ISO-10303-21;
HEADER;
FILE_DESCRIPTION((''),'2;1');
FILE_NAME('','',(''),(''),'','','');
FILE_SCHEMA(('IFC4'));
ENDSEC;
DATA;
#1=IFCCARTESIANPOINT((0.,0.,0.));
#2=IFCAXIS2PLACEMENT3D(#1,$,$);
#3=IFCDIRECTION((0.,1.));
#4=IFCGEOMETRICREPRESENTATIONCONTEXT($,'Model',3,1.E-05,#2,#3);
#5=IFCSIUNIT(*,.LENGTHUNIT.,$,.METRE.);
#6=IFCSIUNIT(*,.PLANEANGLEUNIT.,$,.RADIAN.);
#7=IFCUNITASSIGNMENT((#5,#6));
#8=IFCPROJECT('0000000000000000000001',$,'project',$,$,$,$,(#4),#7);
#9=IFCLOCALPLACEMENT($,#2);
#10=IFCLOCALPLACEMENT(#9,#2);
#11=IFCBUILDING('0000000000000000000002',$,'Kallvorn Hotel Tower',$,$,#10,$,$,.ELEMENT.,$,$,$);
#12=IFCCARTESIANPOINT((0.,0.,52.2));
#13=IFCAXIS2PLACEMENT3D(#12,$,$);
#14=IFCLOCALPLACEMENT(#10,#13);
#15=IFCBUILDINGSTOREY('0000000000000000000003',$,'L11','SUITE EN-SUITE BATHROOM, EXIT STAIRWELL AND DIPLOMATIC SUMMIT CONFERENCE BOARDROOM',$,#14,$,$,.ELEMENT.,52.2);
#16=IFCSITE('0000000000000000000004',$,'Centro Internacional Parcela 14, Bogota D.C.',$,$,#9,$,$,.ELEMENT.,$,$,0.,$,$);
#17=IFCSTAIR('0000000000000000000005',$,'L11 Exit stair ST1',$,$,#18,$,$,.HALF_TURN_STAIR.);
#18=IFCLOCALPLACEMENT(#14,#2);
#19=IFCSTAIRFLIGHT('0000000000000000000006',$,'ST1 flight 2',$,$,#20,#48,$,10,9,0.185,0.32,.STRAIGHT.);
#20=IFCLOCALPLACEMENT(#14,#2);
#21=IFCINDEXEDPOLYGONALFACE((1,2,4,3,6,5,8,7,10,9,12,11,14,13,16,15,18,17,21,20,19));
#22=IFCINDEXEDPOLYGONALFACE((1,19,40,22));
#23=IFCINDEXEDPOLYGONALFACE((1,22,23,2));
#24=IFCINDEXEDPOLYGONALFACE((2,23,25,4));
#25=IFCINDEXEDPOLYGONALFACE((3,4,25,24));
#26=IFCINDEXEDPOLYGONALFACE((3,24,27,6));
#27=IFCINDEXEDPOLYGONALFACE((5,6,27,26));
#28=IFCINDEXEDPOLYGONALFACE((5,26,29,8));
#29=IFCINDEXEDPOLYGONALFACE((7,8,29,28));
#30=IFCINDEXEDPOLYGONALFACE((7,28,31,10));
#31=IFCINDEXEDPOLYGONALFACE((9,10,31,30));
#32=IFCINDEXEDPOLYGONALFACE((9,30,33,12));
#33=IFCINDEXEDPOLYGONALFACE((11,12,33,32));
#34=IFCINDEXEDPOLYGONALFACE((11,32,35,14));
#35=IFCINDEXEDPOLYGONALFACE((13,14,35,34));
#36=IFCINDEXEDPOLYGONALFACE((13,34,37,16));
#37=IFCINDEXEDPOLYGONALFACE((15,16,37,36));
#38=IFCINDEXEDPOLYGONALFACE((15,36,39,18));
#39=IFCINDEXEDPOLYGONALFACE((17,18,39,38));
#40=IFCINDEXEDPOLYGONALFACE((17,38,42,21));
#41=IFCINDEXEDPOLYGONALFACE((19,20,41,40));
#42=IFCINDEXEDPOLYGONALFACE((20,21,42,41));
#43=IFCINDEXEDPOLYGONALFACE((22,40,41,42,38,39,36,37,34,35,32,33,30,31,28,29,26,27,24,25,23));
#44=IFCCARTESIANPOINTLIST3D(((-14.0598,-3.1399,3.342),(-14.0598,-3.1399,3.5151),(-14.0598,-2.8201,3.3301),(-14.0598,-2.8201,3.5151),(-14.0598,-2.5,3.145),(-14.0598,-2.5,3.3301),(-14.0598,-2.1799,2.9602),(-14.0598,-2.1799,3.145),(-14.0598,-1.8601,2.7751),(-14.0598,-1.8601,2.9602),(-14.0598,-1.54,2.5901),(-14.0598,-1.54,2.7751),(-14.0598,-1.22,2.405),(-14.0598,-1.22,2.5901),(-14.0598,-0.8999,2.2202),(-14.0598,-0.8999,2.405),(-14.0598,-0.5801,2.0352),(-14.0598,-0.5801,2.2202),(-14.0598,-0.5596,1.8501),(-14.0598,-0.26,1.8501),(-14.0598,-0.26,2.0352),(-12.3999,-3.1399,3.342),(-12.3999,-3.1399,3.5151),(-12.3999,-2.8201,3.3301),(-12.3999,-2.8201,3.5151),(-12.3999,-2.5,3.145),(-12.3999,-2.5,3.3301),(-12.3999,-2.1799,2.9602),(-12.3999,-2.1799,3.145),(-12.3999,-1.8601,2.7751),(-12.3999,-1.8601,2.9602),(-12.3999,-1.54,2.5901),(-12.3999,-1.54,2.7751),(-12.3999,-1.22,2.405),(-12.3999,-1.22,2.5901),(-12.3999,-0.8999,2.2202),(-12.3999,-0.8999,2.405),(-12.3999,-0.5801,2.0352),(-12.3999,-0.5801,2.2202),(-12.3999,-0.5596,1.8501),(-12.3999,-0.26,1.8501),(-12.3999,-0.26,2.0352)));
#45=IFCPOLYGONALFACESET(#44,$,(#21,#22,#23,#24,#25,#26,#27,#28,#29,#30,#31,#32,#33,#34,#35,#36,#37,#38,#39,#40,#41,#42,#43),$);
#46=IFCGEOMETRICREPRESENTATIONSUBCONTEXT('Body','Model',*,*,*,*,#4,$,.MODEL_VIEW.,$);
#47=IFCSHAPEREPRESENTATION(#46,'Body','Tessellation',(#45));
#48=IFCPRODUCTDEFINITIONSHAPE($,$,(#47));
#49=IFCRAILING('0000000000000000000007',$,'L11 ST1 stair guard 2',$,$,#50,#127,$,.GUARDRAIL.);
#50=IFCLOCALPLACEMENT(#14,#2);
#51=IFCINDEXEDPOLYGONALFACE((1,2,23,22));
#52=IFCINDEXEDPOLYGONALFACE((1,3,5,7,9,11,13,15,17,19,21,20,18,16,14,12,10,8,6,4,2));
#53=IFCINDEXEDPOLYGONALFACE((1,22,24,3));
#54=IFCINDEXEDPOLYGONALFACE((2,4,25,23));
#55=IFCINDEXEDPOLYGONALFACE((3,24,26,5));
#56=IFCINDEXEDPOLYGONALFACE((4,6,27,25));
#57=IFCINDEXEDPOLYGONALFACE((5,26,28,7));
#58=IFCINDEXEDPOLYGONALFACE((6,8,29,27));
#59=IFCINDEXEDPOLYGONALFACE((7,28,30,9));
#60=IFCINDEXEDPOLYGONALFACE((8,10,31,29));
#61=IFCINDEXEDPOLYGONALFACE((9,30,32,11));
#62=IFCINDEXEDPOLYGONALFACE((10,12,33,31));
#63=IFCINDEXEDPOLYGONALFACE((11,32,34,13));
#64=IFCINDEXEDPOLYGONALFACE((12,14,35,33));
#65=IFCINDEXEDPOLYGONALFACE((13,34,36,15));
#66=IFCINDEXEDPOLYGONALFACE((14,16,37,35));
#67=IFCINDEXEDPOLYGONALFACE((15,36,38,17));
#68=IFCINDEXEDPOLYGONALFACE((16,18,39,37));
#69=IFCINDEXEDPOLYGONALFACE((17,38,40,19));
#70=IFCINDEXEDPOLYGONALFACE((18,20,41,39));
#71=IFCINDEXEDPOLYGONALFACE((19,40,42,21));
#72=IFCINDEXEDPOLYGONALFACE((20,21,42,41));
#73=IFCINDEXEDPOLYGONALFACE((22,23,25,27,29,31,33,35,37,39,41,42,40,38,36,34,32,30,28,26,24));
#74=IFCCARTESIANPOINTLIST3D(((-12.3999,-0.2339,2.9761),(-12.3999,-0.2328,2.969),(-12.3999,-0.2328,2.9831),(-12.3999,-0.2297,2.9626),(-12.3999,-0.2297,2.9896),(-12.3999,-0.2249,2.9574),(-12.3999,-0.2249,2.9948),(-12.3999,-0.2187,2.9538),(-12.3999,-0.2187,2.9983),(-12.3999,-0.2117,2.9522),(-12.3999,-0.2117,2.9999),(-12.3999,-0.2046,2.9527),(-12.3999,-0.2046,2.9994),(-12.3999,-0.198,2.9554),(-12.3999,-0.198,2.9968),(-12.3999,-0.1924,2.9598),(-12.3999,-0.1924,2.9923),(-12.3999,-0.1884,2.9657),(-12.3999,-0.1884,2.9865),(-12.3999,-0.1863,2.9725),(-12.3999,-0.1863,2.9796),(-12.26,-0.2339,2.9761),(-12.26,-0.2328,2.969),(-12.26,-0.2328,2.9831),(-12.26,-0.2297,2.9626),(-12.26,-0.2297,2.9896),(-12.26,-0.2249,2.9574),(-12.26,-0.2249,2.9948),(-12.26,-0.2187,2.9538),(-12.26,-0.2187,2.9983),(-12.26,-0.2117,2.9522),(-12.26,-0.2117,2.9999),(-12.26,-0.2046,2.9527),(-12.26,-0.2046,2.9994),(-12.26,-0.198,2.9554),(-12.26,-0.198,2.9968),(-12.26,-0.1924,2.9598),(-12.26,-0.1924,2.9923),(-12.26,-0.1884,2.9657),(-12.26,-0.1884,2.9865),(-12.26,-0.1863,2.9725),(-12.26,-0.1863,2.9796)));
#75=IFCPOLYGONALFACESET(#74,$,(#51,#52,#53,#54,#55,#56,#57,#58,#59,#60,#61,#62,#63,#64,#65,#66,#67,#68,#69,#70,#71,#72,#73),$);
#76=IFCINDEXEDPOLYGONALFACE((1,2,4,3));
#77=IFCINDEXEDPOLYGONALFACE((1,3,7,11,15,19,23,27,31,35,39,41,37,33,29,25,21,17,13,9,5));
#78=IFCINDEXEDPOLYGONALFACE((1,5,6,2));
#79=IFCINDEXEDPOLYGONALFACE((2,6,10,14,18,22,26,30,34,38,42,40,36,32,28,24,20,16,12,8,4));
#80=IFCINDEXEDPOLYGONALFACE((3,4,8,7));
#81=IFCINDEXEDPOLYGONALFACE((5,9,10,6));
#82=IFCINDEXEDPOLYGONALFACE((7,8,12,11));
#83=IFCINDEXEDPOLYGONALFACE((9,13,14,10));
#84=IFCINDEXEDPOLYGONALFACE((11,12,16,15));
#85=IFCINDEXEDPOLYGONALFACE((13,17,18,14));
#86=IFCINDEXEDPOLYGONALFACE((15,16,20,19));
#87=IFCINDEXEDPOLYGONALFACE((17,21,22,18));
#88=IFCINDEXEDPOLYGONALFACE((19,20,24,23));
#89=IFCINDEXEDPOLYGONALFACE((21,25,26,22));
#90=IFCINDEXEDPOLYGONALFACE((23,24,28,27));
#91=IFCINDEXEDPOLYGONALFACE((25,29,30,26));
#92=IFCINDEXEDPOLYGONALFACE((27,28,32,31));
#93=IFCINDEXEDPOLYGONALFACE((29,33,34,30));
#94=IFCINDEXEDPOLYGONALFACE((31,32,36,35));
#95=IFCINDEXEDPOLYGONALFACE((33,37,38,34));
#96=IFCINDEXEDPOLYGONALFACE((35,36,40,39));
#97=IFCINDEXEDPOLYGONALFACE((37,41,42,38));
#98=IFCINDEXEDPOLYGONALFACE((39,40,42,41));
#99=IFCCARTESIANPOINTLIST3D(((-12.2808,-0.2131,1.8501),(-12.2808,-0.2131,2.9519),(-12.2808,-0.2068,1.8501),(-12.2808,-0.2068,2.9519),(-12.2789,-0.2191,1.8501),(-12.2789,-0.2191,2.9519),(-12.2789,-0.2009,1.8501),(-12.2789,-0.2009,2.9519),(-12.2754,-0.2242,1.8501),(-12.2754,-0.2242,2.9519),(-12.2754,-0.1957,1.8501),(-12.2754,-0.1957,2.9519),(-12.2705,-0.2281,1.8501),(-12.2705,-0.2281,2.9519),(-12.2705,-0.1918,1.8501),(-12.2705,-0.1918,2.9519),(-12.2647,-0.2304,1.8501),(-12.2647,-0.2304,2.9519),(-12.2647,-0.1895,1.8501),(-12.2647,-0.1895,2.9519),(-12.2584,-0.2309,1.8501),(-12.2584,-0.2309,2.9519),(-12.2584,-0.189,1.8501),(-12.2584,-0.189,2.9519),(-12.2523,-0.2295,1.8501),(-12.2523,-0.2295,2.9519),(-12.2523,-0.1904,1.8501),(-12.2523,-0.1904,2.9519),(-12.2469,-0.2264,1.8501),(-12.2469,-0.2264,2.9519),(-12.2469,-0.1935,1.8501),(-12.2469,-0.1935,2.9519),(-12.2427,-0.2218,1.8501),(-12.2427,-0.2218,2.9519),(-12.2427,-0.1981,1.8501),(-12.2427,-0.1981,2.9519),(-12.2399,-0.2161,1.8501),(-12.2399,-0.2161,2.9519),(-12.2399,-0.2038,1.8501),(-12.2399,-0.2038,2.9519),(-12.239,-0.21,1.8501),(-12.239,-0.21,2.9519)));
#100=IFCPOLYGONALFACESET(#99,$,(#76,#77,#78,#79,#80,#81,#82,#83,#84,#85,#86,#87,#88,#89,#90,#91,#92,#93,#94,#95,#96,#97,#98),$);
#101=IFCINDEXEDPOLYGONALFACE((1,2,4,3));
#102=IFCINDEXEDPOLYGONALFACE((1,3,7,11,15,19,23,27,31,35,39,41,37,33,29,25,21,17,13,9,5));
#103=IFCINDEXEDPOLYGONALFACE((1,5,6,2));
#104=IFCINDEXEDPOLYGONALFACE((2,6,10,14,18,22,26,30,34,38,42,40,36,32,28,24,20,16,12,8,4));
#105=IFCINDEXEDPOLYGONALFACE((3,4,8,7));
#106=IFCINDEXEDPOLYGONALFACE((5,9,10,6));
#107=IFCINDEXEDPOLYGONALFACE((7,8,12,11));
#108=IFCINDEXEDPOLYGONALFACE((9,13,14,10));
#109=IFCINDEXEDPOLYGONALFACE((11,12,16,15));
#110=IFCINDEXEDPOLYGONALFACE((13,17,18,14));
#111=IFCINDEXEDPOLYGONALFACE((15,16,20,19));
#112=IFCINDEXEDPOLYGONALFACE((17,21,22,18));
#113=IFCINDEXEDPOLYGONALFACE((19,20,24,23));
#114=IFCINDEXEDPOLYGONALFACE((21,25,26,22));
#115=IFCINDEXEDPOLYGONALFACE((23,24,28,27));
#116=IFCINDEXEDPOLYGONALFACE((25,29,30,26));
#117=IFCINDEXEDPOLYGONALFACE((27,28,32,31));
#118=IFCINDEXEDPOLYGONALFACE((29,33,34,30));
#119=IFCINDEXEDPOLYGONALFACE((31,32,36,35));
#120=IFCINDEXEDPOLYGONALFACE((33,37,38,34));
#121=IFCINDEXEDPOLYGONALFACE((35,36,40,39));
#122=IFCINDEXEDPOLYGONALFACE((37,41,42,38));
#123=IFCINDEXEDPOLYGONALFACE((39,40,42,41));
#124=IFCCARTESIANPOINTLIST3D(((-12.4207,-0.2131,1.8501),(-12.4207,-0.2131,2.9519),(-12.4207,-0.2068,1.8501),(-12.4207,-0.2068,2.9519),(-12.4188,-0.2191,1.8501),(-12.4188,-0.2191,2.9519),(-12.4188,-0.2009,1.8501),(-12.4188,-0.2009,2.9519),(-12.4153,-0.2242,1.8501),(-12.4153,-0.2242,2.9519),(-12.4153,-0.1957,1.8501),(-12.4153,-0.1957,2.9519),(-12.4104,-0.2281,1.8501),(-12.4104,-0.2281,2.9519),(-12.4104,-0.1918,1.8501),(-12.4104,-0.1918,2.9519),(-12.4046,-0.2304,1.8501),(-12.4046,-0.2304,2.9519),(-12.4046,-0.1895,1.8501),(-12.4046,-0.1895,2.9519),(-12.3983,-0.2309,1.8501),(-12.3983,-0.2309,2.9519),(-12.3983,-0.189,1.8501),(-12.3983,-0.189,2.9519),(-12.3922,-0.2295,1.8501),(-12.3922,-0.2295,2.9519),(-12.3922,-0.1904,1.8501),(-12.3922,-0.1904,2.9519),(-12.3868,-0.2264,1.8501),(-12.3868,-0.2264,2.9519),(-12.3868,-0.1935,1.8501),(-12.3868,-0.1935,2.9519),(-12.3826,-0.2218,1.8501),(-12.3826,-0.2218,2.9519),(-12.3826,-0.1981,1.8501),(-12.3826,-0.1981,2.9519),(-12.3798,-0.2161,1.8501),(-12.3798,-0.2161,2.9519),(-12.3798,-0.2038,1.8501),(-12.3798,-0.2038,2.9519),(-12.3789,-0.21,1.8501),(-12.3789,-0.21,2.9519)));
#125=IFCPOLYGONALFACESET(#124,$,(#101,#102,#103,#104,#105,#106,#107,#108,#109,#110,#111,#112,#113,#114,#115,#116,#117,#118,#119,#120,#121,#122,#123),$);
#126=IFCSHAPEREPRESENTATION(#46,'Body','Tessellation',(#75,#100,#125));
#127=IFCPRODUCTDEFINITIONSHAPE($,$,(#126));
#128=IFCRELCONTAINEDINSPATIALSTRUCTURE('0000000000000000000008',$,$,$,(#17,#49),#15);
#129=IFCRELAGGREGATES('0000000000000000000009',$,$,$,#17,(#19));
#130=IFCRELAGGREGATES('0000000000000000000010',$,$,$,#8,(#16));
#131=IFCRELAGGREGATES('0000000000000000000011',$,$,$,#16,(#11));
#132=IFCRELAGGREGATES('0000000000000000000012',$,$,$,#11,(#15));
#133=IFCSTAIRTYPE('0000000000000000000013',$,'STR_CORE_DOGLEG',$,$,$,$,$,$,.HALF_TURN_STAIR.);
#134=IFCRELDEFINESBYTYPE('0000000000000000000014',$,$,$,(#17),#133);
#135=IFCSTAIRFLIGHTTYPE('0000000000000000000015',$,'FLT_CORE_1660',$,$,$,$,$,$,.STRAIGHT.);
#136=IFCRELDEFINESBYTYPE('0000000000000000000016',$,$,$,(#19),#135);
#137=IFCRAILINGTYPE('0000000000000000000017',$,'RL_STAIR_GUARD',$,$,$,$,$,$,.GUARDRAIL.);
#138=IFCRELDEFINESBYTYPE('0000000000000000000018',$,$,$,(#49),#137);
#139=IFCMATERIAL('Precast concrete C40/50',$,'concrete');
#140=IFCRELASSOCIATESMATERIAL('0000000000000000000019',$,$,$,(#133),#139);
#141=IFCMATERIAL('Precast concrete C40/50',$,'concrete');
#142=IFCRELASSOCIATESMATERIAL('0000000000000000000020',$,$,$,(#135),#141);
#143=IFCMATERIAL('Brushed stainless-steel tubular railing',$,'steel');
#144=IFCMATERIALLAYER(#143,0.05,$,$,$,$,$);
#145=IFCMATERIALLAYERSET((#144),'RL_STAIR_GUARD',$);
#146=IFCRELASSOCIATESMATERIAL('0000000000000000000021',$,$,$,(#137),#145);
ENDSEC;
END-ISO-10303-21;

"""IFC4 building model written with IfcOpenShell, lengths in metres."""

from ifc_helpers import new_model, si_unit, direction, frame, origin, origin_2d, place, context, subcontext, project, spatial, polyline, circle, outline, extrude, material, layer, layer_set, type_object, element, aggregate, save


model = new_model("IFC4")

# Units and contexts
model_context = context("Model", 3, precision=1e-05, world=origin(), true_north=direction((0.0, 1.0)))
body_context = subcontext(model_context, "Body", "Model", "MODEL_VIEW")
ifc_project = project(units=[si_unit("LENGTHUNIT", "METRE"), si_unit("PLANEANGLEUNIT", "RADIAN")], contexts=[model_context])

# Site, building, storey
site_placement = place(None, origin())
site = spatial("IfcSite", under=ifc_project, at=site_placement, Name="Centro Internacional Parcela 14, Bogota D.C.", CompositionType="ELEMENT", RefElevation=0.0)
building_placement = place(site_placement, origin())
building = spatial("IfcBuilding", under=site, at=building_placement, Name="Kallvorn Hotel Tower", CompositionType="ELEMENT")
storey_placement = place(building_placement, frame((0.0, 0.0, 52.2)))
storey = spatial("IfcBuildingStorey", under=building, at=storey_placement, Name="L11", Description="SUITE EN-SUITE BATHROOM, EXIT STAIRWELL AND DIPLOMATIC SUMMIT CONFERENCE BOARDROOM", CompositionType="ELEMENT", Elevation=52.2)

# Stair, stair flight
ifc_material_1 = material(Name="Precast concrete C40/50", Category="concrete")
stair_type = type_object("IfcStairType", Name="STR_CORE_DOGLEG", PredefinedType="HALF_TURN_STAIR", material=ifc_material_1)
stair_placement = place(storey_placement, origin())
stair = element("IfcStair", 1, at=stair_placement, inside=storey, type_object=stair_type, Name="L11 Exit stair ST1", PredefinedType="HALF_TURN_STAIR")
ifc_material_2 = material(Name="Precast concrete C40/50", Category="concrete")
stair_flight_type = type_object("IfcStairFlightType", Name="FLT_CORE_1660", PredefinedType="STRAIGHT", material=ifc_material_2)
stair_flight_placement = place(storey_placement, frame((-13.23, -0.26, 1.8501), z_axis=(0.0, 0.0, 1.0), x_axis=(0.0, -1.0, 0.0)))
stair_flight = element("IfcStairFlight", 2, at=stair_flight_placement, type_object=stair_flight_type, Name="ST1 flight 2", NumberOfRisers=10, NumberOfTreads=9, PredefinedType="STRAIGHT", RiserHeight=0.185, TreadLength=0.32, context=body_context, shape_type="SweptSolid", body=[
    extrude(outline(polyline([(0.0, 0.0), (0.0, 0.1851), (0.3201, 0.1851), (0.3201, 0.3701), (0.6399, 0.3701), (0.6399, 0.5549), (0.96, 0.5549), (0.96, 0.74), (1.28, 0.74), (1.28, 0.925), (1.6001, 0.925), (1.6001, 1.1101), (1.9199, 1.1101), (1.9199, 1.2949), (2.24, 1.2949), (2.24, 1.48), (2.5601, 1.48), (2.5601, 1.665), (2.8799, 1.665), (2.8799, 1.8501), (2.8799, 1.4919), (0.2996, 0.0), (0.0, 0.0)])), frame((0.0, 0.8301, 0.0), z_axis=(0.0, -1.0, 0.0), x_axis=(1.0, 0.0, 0.0)), (0.0, 0.0, 1.0), 1.6599),
])
aggregate(stair, [stair_flight])

# Railing
ifc_material_3 = material(Name="Brushed stainless-steel tubular railing", Category="steel")
ifc_layer_1 = layer(ifc_material_3, 0.05)
ifc_layer_set_1 = layer_set([ifc_layer_1], Name="RL_STAIR_GUARD")
railing_type_1 = type_object("IfcRailingType", Name="RL_STAIR_GUARD", PredefinedType="GUARDRAIL", material=ifc_layer_set_1)
railing_1_placement = place(storey_placement, frame((-12.26, -0.21, 1.8501)))
element("IfcRailing", 3, at=railing_1_placement, inside=storey, type_object=railing_type_1, Name="L11 ST1 stair guard 2", PredefinedType="GUARDRAIL", context=body_context, shape_type="SweptSolid", body=[
    extrude(circle(Radius=0.0239, at=origin_2d()), frame((0.0, 0.0, 1.126), z_axis=(-1.0, 0.0, 0.0), x_axis=(0.0, -1.0, 0.0)), (0.0, 0.0, 1.0), 0.1399),
    extrude(circle(Radius=0.021, at=origin_2d()), origin(), (0.0, 0.0, 1.0), 1.1018),
    extrude(circle(Radius=0.021, at=origin_2d()), frame((-0.1399, 0.0, 0.0)), (0.0, 0.0, 1.0), 1.1018),
])

save(model, "model.ifc")
